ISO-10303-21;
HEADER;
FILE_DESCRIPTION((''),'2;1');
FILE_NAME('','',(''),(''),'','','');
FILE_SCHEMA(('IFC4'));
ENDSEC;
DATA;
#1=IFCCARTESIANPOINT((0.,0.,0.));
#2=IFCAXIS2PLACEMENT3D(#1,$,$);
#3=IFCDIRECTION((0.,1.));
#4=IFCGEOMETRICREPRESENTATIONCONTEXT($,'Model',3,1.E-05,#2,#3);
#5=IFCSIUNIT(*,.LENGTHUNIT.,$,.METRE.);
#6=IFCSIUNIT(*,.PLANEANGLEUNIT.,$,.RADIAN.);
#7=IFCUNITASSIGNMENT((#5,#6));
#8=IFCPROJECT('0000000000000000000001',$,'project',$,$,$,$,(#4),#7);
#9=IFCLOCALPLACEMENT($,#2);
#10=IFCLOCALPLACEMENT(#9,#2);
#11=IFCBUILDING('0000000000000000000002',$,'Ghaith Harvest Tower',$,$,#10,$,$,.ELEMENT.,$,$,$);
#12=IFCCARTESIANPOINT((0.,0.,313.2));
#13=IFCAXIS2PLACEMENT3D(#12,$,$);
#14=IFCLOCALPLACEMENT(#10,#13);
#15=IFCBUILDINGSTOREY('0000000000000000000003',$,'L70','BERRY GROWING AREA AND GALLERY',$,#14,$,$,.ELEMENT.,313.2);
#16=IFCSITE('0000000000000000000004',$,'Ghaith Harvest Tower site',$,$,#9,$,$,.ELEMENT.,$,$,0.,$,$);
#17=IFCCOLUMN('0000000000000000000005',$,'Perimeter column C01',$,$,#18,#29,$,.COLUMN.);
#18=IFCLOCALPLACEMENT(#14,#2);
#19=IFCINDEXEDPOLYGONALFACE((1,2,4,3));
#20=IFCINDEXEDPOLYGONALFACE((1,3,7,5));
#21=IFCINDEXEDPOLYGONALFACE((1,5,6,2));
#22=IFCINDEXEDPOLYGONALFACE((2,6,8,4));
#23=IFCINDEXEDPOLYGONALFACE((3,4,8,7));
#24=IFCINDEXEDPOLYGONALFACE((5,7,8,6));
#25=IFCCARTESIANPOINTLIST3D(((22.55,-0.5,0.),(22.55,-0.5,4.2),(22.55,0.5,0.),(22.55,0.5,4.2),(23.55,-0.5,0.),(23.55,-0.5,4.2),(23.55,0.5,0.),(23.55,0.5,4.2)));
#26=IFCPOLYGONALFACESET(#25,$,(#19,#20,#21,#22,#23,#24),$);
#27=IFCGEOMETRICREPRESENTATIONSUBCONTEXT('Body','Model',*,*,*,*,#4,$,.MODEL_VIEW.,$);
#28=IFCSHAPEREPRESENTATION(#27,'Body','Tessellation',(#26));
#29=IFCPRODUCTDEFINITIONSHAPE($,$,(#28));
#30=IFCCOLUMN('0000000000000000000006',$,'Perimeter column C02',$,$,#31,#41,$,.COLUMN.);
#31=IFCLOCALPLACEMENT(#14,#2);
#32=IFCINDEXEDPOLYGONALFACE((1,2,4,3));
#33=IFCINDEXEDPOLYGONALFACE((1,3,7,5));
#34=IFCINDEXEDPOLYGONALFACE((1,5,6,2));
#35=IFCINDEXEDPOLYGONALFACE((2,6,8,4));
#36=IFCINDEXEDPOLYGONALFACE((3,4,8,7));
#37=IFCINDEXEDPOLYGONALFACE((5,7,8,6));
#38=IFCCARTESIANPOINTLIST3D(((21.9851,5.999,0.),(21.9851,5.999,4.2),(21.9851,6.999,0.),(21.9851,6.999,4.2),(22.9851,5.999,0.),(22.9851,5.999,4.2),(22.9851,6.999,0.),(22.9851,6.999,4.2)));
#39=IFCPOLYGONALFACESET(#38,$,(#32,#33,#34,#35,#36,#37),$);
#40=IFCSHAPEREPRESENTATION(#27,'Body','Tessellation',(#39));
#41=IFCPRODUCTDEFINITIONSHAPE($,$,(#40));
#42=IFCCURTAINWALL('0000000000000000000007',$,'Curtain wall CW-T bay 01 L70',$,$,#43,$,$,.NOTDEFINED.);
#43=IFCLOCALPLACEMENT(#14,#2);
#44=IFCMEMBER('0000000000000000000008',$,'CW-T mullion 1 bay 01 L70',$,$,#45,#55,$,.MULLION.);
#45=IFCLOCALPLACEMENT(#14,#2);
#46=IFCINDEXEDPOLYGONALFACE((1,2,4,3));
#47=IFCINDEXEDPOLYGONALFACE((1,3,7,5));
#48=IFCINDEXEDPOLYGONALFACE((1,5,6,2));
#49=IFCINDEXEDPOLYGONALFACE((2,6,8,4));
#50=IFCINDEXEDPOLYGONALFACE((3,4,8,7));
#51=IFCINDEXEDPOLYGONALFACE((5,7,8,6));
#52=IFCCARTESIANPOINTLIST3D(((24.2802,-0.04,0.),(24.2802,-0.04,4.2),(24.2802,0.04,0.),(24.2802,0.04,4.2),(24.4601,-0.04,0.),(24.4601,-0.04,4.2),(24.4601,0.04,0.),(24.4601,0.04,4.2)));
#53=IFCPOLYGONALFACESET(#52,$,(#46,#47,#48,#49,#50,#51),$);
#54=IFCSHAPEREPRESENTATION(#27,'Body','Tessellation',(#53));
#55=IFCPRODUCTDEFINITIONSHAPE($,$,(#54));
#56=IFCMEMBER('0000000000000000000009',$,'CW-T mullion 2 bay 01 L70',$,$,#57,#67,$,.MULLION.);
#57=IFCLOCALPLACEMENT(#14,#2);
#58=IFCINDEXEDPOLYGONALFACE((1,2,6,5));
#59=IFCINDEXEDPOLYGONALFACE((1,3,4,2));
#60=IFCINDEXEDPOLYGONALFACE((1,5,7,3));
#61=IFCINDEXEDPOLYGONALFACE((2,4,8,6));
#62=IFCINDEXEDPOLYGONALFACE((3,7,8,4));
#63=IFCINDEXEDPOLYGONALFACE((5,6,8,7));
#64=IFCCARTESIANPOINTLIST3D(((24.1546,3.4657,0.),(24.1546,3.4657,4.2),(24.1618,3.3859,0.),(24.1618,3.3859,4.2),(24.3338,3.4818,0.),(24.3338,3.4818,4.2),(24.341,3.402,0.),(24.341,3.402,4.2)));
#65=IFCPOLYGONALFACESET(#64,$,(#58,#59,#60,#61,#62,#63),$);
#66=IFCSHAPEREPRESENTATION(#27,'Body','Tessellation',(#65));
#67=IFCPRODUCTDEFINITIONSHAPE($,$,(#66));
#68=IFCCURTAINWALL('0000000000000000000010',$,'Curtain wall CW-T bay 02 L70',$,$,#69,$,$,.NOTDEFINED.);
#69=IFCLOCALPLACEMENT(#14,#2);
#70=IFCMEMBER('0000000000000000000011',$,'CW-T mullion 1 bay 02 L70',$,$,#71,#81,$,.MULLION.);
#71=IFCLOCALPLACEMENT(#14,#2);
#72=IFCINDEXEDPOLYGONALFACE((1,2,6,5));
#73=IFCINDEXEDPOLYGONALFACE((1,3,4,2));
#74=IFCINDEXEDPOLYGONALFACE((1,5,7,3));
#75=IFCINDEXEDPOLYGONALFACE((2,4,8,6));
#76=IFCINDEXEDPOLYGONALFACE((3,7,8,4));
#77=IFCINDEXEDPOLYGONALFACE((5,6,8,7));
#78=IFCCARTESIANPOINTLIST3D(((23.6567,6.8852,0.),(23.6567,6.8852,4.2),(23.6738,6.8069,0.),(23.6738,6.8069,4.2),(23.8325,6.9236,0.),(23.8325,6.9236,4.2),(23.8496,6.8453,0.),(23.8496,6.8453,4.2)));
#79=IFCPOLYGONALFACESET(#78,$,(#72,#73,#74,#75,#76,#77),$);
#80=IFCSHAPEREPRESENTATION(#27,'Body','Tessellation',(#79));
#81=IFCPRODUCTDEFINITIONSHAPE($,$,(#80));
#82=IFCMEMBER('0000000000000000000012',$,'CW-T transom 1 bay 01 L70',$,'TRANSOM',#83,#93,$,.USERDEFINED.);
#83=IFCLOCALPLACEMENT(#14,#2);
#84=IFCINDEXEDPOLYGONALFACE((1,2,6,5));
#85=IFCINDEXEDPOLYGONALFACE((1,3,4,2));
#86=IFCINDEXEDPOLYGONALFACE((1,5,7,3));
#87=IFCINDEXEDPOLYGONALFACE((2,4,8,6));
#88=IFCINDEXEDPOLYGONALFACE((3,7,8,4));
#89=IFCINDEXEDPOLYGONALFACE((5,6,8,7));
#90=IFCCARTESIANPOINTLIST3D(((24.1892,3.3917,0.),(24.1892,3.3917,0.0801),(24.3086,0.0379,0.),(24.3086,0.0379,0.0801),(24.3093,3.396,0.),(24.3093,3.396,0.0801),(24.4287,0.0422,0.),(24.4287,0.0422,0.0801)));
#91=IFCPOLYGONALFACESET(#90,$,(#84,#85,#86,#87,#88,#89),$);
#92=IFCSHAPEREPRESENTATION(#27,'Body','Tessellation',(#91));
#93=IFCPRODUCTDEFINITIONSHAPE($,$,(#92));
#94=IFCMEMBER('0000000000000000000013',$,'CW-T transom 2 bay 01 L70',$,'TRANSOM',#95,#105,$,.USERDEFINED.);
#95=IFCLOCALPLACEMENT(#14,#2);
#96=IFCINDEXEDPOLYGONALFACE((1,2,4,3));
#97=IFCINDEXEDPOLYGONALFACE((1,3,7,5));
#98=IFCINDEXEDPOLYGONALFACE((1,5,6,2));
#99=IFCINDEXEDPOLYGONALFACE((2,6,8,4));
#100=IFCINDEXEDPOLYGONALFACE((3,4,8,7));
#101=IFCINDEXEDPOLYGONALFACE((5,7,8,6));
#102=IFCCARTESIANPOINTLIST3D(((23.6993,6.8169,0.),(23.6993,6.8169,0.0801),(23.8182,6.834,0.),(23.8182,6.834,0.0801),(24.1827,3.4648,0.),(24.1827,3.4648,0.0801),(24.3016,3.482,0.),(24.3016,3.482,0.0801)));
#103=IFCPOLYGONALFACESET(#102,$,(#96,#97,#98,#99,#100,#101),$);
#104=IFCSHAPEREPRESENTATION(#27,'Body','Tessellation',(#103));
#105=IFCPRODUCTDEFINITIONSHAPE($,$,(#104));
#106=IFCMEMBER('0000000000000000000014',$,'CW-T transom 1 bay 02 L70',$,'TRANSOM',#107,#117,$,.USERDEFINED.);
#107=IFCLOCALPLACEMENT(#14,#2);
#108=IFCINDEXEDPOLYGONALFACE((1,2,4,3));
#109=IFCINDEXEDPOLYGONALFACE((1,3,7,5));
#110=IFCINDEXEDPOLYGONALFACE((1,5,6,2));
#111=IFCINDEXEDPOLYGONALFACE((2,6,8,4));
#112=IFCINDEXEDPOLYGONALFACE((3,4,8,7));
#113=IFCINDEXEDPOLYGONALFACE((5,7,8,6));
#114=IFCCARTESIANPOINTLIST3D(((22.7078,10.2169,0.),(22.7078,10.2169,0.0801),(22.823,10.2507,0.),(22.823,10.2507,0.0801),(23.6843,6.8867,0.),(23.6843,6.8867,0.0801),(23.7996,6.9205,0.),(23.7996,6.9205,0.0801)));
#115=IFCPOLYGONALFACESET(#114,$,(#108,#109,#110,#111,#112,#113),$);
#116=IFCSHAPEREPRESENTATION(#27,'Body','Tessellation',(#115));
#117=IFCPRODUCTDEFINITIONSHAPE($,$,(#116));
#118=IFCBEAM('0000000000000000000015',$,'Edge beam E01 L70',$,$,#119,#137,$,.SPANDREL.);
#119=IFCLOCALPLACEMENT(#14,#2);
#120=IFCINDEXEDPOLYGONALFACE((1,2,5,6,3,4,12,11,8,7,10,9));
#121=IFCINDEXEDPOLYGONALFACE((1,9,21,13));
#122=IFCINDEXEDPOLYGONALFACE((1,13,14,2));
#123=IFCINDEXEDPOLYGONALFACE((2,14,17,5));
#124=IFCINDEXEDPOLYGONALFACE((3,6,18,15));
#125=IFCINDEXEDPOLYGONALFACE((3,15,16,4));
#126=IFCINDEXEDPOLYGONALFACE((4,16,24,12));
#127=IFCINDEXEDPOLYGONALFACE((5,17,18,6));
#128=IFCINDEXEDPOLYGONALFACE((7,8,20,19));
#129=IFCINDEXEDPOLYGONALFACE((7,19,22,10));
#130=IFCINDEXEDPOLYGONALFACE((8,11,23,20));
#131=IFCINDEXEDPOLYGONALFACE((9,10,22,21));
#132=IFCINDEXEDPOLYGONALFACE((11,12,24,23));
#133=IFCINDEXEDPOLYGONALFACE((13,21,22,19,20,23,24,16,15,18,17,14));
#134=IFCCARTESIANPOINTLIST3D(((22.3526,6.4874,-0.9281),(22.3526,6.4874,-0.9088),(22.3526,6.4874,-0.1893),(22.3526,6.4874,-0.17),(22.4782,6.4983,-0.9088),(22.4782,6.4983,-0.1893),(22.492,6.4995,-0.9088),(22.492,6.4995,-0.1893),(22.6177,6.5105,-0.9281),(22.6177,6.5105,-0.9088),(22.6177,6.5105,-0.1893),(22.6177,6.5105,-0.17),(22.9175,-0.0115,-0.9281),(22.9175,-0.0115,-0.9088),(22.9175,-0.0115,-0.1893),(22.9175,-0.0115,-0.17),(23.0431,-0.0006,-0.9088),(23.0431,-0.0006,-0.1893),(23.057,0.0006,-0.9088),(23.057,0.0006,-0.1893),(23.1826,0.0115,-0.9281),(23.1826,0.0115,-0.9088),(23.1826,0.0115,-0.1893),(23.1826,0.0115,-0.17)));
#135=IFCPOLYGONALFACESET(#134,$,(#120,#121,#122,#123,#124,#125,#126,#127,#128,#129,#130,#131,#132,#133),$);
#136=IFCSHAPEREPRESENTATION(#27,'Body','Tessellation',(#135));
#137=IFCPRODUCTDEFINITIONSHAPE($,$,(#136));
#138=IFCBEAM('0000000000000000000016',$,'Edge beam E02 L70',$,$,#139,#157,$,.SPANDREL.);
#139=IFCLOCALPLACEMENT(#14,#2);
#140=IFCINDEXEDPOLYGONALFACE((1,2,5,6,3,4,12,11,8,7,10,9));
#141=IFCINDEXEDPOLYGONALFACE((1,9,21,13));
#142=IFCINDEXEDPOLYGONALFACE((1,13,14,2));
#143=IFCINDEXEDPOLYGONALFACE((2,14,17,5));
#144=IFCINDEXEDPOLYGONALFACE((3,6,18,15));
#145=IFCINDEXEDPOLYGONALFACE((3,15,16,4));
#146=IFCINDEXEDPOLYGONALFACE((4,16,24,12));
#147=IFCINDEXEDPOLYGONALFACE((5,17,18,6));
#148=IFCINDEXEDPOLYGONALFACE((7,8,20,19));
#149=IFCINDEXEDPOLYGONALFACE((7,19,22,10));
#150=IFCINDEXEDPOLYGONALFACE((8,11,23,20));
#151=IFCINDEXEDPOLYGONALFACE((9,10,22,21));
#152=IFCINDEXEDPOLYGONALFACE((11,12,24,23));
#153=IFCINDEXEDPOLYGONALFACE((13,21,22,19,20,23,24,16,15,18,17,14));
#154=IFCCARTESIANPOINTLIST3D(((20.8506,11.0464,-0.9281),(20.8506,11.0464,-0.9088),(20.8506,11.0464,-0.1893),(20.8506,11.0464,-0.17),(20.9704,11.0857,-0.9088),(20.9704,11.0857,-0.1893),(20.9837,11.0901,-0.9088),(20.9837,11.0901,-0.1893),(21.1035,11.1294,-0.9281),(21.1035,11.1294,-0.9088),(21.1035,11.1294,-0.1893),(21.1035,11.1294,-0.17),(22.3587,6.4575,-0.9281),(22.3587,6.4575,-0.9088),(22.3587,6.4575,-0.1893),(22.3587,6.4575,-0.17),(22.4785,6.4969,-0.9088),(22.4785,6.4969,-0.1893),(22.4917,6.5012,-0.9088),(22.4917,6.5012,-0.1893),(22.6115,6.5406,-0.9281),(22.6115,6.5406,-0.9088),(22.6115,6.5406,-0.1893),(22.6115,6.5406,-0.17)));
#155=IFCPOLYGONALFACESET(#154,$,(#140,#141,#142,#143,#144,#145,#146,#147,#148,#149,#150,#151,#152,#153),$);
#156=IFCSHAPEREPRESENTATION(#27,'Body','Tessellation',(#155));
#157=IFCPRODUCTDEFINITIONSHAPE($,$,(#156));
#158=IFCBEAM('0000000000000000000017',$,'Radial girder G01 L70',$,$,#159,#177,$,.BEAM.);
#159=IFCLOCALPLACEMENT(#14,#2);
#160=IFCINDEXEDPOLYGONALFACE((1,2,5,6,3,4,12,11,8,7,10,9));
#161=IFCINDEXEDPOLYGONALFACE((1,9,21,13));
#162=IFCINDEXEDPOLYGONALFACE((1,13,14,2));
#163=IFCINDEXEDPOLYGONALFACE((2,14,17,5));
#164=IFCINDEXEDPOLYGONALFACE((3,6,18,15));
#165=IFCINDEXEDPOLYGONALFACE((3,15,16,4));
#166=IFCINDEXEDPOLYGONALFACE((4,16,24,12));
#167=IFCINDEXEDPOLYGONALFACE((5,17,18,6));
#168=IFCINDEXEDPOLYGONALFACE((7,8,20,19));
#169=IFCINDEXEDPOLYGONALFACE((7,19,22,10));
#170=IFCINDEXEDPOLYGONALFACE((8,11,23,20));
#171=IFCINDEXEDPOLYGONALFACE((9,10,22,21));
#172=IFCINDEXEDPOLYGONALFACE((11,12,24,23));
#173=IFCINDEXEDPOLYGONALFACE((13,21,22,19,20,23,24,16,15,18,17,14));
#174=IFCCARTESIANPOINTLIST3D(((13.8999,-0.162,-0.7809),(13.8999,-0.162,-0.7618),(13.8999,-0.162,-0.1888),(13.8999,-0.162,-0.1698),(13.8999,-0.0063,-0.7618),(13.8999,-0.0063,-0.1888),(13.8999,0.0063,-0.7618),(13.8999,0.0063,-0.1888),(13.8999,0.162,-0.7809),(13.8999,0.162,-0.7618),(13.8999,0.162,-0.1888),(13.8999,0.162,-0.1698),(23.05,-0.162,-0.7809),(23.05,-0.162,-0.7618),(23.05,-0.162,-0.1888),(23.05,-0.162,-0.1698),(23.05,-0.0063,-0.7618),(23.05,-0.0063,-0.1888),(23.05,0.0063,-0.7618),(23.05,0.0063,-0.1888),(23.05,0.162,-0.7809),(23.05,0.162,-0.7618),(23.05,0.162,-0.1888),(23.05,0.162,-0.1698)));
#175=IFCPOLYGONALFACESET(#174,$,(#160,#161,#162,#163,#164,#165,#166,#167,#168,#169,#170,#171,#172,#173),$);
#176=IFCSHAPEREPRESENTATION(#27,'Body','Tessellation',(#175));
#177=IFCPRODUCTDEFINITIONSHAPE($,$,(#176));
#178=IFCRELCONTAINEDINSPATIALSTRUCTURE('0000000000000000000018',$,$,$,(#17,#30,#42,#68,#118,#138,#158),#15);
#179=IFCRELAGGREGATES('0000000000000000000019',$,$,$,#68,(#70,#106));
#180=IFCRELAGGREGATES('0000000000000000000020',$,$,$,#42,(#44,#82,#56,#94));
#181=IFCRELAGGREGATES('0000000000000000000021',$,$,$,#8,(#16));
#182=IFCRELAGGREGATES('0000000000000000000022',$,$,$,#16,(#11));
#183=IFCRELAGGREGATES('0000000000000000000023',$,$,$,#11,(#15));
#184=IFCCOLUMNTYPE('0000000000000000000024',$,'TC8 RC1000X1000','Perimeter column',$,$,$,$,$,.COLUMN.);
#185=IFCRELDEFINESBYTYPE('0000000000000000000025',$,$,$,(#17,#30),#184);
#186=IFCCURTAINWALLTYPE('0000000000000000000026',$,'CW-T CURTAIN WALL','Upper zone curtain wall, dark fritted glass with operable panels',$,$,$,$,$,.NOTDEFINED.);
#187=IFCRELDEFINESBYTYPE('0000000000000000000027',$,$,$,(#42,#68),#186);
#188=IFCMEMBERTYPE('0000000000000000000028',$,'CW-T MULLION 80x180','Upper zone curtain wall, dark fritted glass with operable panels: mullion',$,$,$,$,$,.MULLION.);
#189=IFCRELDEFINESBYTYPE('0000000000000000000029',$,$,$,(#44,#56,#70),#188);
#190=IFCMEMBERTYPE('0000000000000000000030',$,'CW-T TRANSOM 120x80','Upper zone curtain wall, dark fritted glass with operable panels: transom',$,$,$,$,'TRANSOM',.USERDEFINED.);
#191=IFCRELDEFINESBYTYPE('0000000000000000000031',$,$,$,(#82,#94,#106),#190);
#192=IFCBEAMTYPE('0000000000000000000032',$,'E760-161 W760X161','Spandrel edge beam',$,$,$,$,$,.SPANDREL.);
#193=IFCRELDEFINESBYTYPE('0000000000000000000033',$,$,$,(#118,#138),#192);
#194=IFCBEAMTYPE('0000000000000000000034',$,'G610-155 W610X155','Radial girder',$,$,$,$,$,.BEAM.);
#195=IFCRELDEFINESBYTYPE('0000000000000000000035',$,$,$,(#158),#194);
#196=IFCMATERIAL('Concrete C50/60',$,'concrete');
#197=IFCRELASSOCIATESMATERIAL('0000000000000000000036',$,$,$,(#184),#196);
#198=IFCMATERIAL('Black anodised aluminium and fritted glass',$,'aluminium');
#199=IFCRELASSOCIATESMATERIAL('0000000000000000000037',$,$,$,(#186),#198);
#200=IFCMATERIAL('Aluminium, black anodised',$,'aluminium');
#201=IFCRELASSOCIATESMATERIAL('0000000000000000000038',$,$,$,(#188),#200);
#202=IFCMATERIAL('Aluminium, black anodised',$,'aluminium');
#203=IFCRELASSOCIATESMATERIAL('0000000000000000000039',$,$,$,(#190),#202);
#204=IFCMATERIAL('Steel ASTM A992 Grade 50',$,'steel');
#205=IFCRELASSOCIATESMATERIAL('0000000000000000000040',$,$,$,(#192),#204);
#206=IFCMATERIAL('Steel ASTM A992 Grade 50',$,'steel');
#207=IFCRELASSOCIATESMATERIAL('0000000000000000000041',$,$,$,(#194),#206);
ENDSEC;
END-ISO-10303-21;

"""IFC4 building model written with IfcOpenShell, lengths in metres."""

from ifc_helpers import new_model, si_unit, direction, frame, origin, origin_2d, place, context, subcontext, project, spatial, rectangle, i_section, extrude, material, material_profile, profile_set, type_object, element, aggregate, save


model = new_model("IFC4")

# Units and contexts
model_context = context("Model", 3, precision=1e-05, world=origin(), true_north=direction((0.0, 1.0)))
body_context = subcontext(model_context, "Body", "Model", "MODEL_VIEW")
ifc_project = project(units=[si_unit("LENGTHUNIT", "METRE"), si_unit("PLANEANGLEUNIT", "RADIAN")], contexts=[model_context])

# Site, building, storey
site_placement = place(None, origin())
site = spatial("IfcSite", under=ifc_project, at=site_placement, Name="Ghaith Harvest Tower site", CompositionType="ELEMENT", RefElevation=0.0)
building_placement = place(site_placement, origin())
building = spatial("IfcBuilding", under=site, at=building_placement, Name="Ghaith Harvest Tower", CompositionType="ELEMENT")
storey_placement = place(building_placement, frame((0.0, 0.0, 313.2)))
storey = spatial("IfcBuildingStorey", under=building, at=storey_placement, Name="L70", Description="BERRY GROWING AREA AND GALLERY", CompositionType="ELEMENT", Elevation=313.2)

# Columns
ifc_material_1 = material(Name="Concrete C50/60", Category="concrete")
ifc_material_profile_1 = material_profile(ifc_material_1, rectangle(XDim=1.0, YDim=1.0, at=origin_2d()), Name="RC1000X1000")
ifc_profile_set_1 = profile_set([ifc_material_profile_1], Name="Concrete C50/60")
column_type = type_object("IfcColumnType", Name="TC8 RC1000X1000", Description="Perimeter column", PredefinedType="COLUMN", material=ifc_profile_set_1)
for number, where, z_axis, x_axis, name in (
    (1, (23.05, 0.0, 0.0), (0.0, 0.0, 1.0), (1.0, 0.0, 0.0), "Perimeter column C01"),
    (2, (22.4851, 6.499, 0.0), (0.0, 0.0, 1.0), (1.0, 0.0, 0.0), "Perimeter column C02"),
):
    element("IfcColumn", number, at=place(storey_placement, frame(where, z_axis=z_axis, x_axis=x_axis)), inside=storey, type_object=column_type, Name=name, PredefinedType="COLUMN", context=body_context, shape_type="SweptSolid", body=[
        extrude(rectangle(XDim=1.0, YDim=1.0, at=origin_2d()), origin(), (0.0, 0.0, 1.0), 4.2),
    ])

# Curtain wall, members
ifc_material_2 = material(Name="Black anodised aluminium and fritted glass", Category="aluminium")
curtain_wall_type = type_object("IfcCurtainWallType", Name="CW-T CURTAIN WALL", Description="Upper zone curtain wall, dark fritted glass with operable panels", PredefinedType="NOTDEFINED", material=ifc_material_2)
curtain_wall_1_placement = place(storey_placement, origin())
curtain_wall_1 = element("IfcCurtainWall", 3, at=curtain_wall_1_placement, inside=storey, type_object=curtain_wall_type, Name="Curtain wall CW-T bay 01 L70", PredefinedType="NOTDEFINED")
ifc_material_3 = material(Name="Aluminium, black anodised", Category="aluminium")
ifc_material_profile_2 = material_profile(ifc_material_3, rectangle(XDim=0.0801, YDim=0.1799, at=origin_2d()), Name="CW-T MULLION 80x180")
ifc_profile_set_2 = profile_set([ifc_material_profile_2], Name="Aluminium, black anodised")
member_type_1 = type_object("IfcMemberType", Name="CW-T MULLION 80x180", Description="Upper zone curtain wall, dark fritted glass with operable panels: mullion", PredefinedType="MULLION", material=ifc_profile_set_2)
member_1_placement = place(storey_placement, frame((24.3701, 0.0, 0.0), z_axis=(0.0, 0.0, 1.0), x_axis=(0.0, 1.0, 0.0)))
member_1 = element("IfcMember", 4, at=member_1_placement, type_object=member_type_1, Name="CW-T mullion 1 bay 01 L70", PredefinedType="MULLION", context=body_context, shape_type="SweptSolid", body=[
    extrude(rectangle(XDim=0.0801, YDim=0.1799, at=origin_2d()), origin(), (0.0, 0.0, 1.0), 4.2),
])
member_2_placement = place(storey_placement, frame((24.2478, 3.4338, 0.0), z_axis=(0.0, 0.0, 1.0), x_axis=(-0.089502, 0.995987, 0.0)))
member_2 = element("IfcMember", 5, at=member_2_placement, type_object=member_type_1, Name="CW-T mullion 2 bay 01 L70", PredefinedType="MULLION", context=body_context, shape_type="SweptSolid", body=[
    extrude(rectangle(XDim=0.0801, YDim=0.1799, at=origin_2d()), origin(), (0.0, 0.0, 1.0), 4.2),
])

# Curtain wall, member
curtain_wall_2_placement = place(storey_placement, origin())
curtain_wall_2 = element("IfcCurtainWall", 6, at=curtain_wall_2_placement, inside=storey, type_object=curtain_wall_type, Name="Curtain wall CW-T bay 02 L70", PredefinedType="NOTDEFINED")
member_3_placement = place(storey_placement, frame((23.7532, 6.8652, 0.0), z_axis=(0.0, 0.0, 1.0), x_axis=(-0.213402, 0.976964, 0.0)))
member_3 = element("IfcMember", 7, at=member_3_placement, type_object=member_type_1, Name="CW-T mullion 1 bay 02 L70", PredefinedType="MULLION", context=body_context, shape_type="SweptSolid", body=[
    extrude(rectangle(XDim=0.0801, YDim=0.1799, at=origin_2d()), origin(), (0.0, 0.0, 1.0), 4.2),
])

# Members
ifc_material_4 = material(Name="Aluminium, black anodised", Category="aluminium")
ifc_material_profile_3 = material_profile(ifc_material_4, rectangle(XDim=0.1201, YDim=0.0801, at=origin_2d()), Name="CW-T TRANSOM 120x80")
ifc_profile_set_3 = profile_set([ifc_material_profile_3], Name="Aluminium, black anodised")
member_type_2 = type_object("IfcMemberType", Name="CW-T TRANSOM 120x80", Description="Upper zone curtain wall, dark fritted glass with operable panels: transom", ElementType="TRANSOM", PredefinedType="USERDEFINED", material=ifc_profile_set_3)
member_4_placement = place(storey_placement, frame((24.3687, 0.04, 0.04), z_axis=(-0.035575, 0.999367, 0.0), x_axis=(-0.999367, -0.035575, 0.0)))
member_4 = element("IfcMember", 8, at=member_4_placement, type_object=member_type_2, Name="CW-T transom 1 bay 01 L70", ObjectType="TRANSOM", PredefinedType="USERDEFINED", context=body_context, shape_type="SweptSolid", body=[
    extrude(rectangle(XDim=0.1201, YDim=0.0801, at=origin_2d()), origin(), (0.0, 0.0, 1.0), 3.356),
])
member_5_placement = place(storey_placement, frame((24.2422, 3.4734, 0.04), z_axis=(-0.142733, 0.989761, 0.0), x_axis=(-0.989761, -0.142733, 0.0)))
member_5 = element("IfcMember", 9, at=member_5_placement, type_object=member_type_2, Name="CW-T transom 2 bay 01 L70", ObjectType="TRANSOM", PredefinedType="USERDEFINED", context=body_context, shape_type="SweptSolid", body=[
    extrude(rectangle(XDim=0.1201, YDim=0.0801, at=origin_2d()), origin(), (0.0, 0.0, 1.0), 3.3867),
])
member_6_placement = place(storey_placement, frame((23.7419, 6.9036, 0.04), z_axis=(-0.281385, 0.959595, 0.0), x_axis=(-0.959595, -0.281385, 0.0)))
member_6 = element("IfcMember", 10, at=member_6_placement, type_object=member_type_2, Name="CW-T transom 1 bay 02 L70", ObjectType="TRANSOM", PredefinedType="USERDEFINED", context=body_context, shape_type="SweptSolid", body=[
    extrude(rectangle(XDim=0.1201, YDim=0.0801, at=origin_2d()), origin(), (0.0, 0.0, 1.0), 3.4705),
])
aggregate(curtain_wall_2, [member_3, member_6])

# Beams
ifc_material_5 = material(Name="Steel ASTM A992 Grade 50", Category="steel")
ifc_material_profile_4 = material_profile(ifc_material_5, i_section(OverallWidth=0.2661, OverallDepth=0.7581, WebThickness=0.0139, FlangeThickness=0.0193, at=origin_2d()), Name="W760X161")
ifc_profile_set_4 = profile_set([ifc_material_profile_4], Name="Steel ASTM A992 Grade 50")
beam_type_1 = type_object("IfcBeamType", Name="E760-161 W760X161", Description="Spandrel edge beam", PredefinedType="SPANDREL", material=ifc_profile_set_4)
beam_1_placement = place(storey_placement, frame((23.05, 0.0, -0.5491), z_axis=(-0.086601, 0.996243, 0.0), x_axis=(-0.996243, -0.086601, 0.0)))
element("IfcBeam", 11, at=beam_1_placement, inside=storey, type_object=beam_type_1, Name="Edge beam E01 L70", PredefinedType="SPANDREL", context=body_context, shape_type="SweptSolid", body=[
    extrude(i_section(OverallWidth=0.2661, OverallDepth=0.7581, WebThickness=0.0139, FlangeThickness=0.0193, at=origin_2d()), origin(), (0.0, 0.0, 1.0), 6.5234),
])
beam_2_placement = place(storey_placement, frame((22.4851, 6.499, -0.5491), z_axis=(-0.312207, 0.950014, 0.0), x_axis=(-0.950014, -0.312207, 0.0)))
element("IfcBeam", 12, at=beam_2_placement, inside=storey, type_object=beam_type_1, Name="Edge beam E02 L70", PredefinedType="SPANDREL", context=body_context, shape_type="SweptSolid", body=[
    extrude(i_section(OverallWidth=0.2661, OverallDepth=0.7581, WebThickness=0.0139, FlangeThickness=0.0193, at=origin_2d()), origin(), (0.0, 0.0, 1.0), 4.8303),
])
ifc_material_6 = material(Name="Steel ASTM A992 Grade 50", Category="steel")
ifc_material_profile_5 = material_profile(ifc_material_6, i_section(OverallWidth=0.324, OverallDepth=0.6111, WebThickness=0.0127, FlangeThickness=0.019, at=origin_2d()), Name="W610X155")
ifc_profile_set_5 = profile_set([ifc_material_profile_5], Name="Steel ASTM A992 Grade 50")
beam_type_2 = type_object("IfcBeamType", Name="G610-155 W610X155", Description="Radial girder", PredefinedType="BEAM", material=ifc_profile_set_5)
beam_3_placement = place(storey_placement, frame((13.8999, 0.0, -0.4753), z_axis=(1.0, 0.0, 0.0), x_axis=(0.0, 1.0, 0.0)))
element("IfcBeam", 13, at=beam_3_placement, inside=storey, type_object=beam_type_2, Name="Radial girder G01 L70", PredefinedType="BEAM", context=body_context, shape_type="SweptSolid", body=[
    extrude(i_section(OverallWidth=0.324, OverallDepth=0.6111, WebThickness=0.0127, FlangeThickness=0.019, at=origin_2d()), origin(), (0.0, 0.0, 1.0), 9.1501),
])

aggregate(curtain_wall_1, [member_1, member_4, member_2, member_5])

save(model, "model.ifc")
